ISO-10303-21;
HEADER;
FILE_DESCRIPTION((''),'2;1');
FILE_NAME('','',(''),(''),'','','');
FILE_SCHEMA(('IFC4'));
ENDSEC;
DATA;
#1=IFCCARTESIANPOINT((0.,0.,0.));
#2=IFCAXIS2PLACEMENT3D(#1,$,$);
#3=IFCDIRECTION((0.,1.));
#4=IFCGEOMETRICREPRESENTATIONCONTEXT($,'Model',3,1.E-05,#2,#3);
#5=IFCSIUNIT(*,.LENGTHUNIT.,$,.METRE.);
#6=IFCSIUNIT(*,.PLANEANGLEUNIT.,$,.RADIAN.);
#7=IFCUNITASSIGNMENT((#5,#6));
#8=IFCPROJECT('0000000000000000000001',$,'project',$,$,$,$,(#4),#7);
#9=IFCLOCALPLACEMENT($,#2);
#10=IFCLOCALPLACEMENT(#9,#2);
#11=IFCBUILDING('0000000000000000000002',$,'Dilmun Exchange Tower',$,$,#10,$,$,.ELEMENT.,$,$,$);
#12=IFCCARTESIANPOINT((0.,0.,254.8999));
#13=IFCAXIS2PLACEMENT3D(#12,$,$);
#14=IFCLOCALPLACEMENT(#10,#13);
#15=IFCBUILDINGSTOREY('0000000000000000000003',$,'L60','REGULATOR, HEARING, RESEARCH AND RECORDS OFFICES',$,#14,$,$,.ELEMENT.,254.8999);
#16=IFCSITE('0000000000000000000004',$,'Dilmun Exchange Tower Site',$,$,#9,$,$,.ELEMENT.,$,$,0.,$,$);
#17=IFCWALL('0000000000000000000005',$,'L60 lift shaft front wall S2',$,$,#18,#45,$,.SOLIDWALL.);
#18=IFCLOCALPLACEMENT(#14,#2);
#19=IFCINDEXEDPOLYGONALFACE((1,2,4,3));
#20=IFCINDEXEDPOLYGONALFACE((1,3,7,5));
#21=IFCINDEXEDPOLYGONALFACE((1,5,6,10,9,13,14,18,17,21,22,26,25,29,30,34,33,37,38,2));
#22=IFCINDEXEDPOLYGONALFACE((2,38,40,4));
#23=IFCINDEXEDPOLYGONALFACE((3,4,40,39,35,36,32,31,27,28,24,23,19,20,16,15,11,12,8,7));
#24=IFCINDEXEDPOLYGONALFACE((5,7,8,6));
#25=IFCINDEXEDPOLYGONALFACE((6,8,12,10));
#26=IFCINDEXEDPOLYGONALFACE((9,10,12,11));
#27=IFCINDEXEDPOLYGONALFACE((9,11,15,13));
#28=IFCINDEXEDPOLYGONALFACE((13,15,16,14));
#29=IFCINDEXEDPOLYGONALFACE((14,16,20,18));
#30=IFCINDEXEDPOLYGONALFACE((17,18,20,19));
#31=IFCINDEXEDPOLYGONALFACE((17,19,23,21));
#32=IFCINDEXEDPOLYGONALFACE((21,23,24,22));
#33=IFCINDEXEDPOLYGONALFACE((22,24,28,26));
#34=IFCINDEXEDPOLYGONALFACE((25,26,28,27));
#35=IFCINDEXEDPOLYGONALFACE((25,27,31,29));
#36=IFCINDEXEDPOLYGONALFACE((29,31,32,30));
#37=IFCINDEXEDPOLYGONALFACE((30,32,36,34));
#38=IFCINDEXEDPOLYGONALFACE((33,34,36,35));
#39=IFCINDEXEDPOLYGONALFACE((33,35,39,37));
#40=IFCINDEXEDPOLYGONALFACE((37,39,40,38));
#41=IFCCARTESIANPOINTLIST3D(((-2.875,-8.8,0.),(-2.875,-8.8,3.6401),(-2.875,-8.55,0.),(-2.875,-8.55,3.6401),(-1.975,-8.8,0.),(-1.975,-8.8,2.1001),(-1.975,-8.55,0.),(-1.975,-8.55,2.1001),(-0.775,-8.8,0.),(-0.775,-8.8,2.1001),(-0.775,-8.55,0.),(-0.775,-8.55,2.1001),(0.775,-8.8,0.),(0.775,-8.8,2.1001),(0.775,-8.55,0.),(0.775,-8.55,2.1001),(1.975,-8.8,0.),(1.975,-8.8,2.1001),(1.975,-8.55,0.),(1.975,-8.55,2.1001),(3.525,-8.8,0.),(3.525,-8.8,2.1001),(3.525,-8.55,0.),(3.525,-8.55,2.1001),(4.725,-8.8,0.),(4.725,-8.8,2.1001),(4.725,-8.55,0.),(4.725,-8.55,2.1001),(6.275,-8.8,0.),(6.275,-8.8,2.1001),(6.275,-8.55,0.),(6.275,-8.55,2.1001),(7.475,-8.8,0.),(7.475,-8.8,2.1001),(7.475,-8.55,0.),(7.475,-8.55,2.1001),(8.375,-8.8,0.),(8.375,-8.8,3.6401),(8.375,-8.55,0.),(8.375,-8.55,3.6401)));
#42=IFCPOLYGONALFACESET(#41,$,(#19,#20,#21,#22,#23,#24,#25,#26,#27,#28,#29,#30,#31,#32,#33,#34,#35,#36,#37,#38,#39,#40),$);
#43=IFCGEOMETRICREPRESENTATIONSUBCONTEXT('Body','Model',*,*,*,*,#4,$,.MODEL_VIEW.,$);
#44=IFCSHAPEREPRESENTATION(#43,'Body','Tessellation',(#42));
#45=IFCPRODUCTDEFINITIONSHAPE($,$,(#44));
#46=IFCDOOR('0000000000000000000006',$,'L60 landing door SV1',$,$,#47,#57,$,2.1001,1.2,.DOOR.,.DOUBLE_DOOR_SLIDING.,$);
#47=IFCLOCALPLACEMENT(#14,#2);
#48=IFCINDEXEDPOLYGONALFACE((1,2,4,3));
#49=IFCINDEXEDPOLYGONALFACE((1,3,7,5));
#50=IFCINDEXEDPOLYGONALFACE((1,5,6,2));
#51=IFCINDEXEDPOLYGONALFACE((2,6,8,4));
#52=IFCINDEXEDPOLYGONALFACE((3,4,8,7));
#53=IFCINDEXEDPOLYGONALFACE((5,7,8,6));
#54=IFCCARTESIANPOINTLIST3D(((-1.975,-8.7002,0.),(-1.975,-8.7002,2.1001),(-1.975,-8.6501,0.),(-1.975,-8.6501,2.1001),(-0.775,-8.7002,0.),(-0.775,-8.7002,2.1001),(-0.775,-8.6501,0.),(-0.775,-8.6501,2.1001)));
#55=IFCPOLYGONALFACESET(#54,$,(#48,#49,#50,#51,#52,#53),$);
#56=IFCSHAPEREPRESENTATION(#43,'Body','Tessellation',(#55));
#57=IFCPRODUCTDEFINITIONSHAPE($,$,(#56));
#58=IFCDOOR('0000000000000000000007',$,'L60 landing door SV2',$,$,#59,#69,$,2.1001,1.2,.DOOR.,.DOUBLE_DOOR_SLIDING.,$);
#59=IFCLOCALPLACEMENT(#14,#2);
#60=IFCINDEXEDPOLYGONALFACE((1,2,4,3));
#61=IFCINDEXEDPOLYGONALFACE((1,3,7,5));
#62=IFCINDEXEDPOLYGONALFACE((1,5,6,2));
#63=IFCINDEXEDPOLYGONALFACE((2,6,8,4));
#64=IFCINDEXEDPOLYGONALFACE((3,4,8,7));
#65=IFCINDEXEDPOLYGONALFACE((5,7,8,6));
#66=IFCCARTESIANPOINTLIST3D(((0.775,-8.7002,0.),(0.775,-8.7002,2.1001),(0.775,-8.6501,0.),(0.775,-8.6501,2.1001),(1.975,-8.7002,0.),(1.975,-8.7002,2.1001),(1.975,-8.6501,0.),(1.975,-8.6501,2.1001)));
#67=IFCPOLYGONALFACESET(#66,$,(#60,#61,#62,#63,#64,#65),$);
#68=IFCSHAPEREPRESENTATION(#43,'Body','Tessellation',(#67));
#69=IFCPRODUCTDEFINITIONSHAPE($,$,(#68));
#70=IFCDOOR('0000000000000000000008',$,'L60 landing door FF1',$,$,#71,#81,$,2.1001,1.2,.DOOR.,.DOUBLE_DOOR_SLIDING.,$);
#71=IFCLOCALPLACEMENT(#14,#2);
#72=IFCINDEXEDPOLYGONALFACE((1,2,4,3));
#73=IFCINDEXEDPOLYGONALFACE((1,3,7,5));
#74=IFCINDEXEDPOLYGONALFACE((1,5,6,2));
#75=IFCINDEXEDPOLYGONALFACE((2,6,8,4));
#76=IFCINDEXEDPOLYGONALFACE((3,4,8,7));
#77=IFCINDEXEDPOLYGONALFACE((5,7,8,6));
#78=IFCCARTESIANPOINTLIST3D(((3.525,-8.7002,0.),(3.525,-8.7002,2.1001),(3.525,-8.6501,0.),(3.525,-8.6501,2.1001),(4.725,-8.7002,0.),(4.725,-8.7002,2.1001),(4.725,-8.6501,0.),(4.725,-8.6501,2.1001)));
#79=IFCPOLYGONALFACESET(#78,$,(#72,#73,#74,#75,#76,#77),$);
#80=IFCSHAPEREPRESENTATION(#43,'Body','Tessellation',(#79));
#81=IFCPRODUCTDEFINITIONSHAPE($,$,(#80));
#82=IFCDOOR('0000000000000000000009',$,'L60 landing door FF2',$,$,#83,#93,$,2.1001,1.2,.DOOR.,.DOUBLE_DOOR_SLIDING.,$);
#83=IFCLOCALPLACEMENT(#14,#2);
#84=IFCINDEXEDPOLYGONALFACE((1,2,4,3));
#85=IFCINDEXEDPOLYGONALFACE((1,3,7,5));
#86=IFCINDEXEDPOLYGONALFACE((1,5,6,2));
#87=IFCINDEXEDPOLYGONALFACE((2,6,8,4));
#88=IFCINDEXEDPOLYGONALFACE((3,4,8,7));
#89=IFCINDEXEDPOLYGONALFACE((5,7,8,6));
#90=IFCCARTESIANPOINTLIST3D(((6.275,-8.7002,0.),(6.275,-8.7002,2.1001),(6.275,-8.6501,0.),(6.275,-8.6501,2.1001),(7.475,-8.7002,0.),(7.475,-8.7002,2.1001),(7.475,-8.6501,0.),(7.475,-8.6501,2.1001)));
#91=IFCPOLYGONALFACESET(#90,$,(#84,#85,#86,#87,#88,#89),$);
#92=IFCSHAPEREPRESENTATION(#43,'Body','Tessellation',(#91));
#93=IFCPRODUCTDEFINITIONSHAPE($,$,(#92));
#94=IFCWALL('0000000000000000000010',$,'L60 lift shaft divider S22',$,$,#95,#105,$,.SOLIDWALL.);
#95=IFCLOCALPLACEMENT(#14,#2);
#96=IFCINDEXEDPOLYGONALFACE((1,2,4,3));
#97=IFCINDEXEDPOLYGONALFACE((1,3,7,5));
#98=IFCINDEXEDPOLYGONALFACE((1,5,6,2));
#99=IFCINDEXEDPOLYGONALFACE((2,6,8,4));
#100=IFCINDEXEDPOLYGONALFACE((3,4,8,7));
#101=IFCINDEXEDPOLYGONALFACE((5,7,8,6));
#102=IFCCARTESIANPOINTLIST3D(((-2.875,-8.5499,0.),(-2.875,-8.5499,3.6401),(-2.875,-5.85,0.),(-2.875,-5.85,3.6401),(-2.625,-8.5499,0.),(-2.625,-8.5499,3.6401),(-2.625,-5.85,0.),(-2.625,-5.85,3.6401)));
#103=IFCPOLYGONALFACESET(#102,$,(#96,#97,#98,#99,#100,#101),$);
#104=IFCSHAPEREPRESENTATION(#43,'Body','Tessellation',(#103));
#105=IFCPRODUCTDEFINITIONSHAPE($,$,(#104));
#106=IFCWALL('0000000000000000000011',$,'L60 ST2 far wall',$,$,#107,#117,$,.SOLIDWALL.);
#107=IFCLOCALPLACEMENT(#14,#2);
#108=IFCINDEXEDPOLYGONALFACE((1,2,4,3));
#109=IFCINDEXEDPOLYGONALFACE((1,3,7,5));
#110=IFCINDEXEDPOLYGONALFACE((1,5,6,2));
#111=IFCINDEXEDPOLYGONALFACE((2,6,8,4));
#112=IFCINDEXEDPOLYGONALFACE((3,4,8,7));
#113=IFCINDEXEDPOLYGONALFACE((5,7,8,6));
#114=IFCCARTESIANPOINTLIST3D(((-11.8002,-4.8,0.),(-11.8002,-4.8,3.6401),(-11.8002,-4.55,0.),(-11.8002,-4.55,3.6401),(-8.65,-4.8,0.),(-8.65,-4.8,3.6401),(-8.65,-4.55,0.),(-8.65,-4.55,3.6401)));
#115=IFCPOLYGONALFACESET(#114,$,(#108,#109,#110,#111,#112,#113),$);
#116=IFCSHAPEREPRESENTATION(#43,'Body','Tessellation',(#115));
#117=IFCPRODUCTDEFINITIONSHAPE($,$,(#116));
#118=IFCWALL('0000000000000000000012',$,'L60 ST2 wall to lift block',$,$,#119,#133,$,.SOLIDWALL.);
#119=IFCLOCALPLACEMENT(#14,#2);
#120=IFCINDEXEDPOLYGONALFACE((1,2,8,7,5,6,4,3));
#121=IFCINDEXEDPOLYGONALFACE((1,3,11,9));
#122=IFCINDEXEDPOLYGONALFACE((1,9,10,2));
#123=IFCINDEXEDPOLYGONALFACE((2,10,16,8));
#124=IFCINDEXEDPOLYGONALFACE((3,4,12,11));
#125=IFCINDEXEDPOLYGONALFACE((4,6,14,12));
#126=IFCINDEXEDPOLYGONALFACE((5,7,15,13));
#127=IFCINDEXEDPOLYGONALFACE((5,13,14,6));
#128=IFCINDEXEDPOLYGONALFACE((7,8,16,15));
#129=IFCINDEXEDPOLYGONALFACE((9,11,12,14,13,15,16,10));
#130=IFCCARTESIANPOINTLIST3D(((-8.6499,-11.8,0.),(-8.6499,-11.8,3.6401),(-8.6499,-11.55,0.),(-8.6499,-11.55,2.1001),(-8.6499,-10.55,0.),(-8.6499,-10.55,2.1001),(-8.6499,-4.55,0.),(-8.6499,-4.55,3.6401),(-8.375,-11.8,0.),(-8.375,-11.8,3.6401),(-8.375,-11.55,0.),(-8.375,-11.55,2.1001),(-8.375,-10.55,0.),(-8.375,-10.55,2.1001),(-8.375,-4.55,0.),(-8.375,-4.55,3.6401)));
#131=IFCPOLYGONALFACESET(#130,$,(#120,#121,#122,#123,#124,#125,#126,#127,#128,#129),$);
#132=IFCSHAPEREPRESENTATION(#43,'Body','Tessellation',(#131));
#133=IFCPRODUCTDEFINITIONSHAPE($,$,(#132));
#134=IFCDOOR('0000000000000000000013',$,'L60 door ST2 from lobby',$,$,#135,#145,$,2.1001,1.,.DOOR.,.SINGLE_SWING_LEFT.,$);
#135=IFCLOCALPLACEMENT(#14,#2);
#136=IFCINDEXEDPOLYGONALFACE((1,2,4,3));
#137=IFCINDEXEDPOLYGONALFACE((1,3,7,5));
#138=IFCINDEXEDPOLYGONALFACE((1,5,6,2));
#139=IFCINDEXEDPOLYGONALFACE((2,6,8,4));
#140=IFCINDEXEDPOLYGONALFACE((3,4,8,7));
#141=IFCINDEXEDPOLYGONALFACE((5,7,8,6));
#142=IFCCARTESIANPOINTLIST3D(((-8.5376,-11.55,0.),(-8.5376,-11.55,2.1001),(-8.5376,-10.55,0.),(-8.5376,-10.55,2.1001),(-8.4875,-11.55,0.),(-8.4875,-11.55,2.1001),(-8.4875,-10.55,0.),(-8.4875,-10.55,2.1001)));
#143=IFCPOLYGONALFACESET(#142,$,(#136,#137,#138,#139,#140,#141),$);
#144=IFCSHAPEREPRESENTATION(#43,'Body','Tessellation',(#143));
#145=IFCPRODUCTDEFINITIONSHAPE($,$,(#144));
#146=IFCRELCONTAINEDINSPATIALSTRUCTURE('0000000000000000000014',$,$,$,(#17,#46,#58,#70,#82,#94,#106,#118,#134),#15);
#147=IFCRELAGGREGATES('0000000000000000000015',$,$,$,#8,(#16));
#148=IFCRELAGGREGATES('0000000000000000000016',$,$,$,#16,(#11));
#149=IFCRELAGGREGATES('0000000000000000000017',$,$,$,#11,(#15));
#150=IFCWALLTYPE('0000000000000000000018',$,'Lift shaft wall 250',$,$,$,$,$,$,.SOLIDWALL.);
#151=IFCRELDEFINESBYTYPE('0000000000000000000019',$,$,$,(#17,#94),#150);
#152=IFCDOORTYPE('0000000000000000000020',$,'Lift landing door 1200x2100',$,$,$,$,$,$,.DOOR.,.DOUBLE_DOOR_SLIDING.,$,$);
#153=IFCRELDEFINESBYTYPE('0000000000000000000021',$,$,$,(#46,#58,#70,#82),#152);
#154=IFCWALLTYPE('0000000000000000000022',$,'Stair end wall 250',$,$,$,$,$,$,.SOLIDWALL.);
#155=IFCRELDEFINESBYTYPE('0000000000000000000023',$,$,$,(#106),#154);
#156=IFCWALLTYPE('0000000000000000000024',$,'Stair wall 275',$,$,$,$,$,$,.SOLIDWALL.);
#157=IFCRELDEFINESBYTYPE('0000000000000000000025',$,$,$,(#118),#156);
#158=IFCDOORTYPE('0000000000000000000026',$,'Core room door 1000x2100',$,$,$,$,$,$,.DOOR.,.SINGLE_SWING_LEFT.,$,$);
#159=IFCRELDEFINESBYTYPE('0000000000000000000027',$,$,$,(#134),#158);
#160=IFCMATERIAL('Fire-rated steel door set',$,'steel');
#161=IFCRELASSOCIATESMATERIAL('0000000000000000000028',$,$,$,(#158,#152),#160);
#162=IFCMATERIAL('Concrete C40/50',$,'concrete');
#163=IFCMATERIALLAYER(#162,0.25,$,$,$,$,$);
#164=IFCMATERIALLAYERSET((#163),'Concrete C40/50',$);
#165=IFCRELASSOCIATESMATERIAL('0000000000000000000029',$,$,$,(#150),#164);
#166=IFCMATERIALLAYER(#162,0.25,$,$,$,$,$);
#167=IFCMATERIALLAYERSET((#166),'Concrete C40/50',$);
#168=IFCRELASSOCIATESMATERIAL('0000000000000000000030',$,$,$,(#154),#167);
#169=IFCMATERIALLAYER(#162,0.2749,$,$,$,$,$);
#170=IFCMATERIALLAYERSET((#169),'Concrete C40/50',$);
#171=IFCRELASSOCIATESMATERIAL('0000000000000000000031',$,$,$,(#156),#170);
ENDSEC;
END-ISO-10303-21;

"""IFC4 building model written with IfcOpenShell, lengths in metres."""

from ifc_helpers import new_model, si_unit, direction, frame, frame_2d, origin, place, context, subcontext, project, spatial, rectangle, extrude, material, layer, layer_set, type_object, element, fill, save


model = new_model("IFC4")

# Units and contexts
model_context = context("Model", 3, precision=1e-05, world=origin(), true_north=direction((0.0, 1.0)))
body_context = subcontext(model_context, "Body", "Model", "MODEL_VIEW")
ifc_project = project(units=[si_unit("LENGTHUNIT", "METRE"), si_unit("PLANEANGLEUNIT", "RADIAN")], contexts=[model_context])

# Site, building, storey
site_placement = place(None, origin())
site = spatial("IfcSite", under=ifc_project, at=site_placement, Name="Dilmun Exchange Tower Site", CompositionType="ELEMENT", RefElevation=0.0)
building_placement = place(site_placement, origin())
building = spatial("IfcBuilding", under=site, at=building_placement, Name="Dilmun Exchange Tower", CompositionType="ELEMENT")
storey_placement = place(building_placement, frame((0.0, 0.0, 254.8999)))
storey = spatial("IfcBuildingStorey", under=building, at=storey_placement, Name="L60", Description="REGULATOR, HEARING, RESEARCH AND RECORDS OFFICES", CompositionType="ELEMENT", Elevation=254.8999)

# Shared definitions
ifc_material_1 = material(Name="Concrete C40/50", Category="concrete")

# Shared definitions
ifc_material_2 = material(Name="Fire-rated steel door set", Category="steel")
door_type_1 = type_object("IfcDoorType", Name="Core room door 1000x2100", OperationType="SINGLE_SWING_LEFT", PredefinedType="DOOR", material=ifc_material_2)

# Wall, openings, doors
ifc_layer_1 = layer(ifc_material_1, 0.25)
ifc_layer_set_1 = layer_set([ifc_layer_1], Name="Concrete C40/50")
wall_type_1 = type_object("IfcWallType", Name="Lift shaft wall 250", PredefinedType="SOLIDWALL", material=ifc_layer_set_1)
wall_1_placement = place(storey_placement, frame((-2.875, -8.675, 0.0), z_axis=(0.0, 0.0, 1.0), x_axis=(1.0, 0.0, 0.0)))
wall_1 = element("IfcWall", 1, at=wall_1_placement, inside=storey, type_object=wall_type_1, Name="L60 lift shaft front wall S2", PredefinedType="SOLIDWALL", context=body_context, shape_type="SweptSolid", body=[
    extrude(rectangle(XDim=11.25, YDim=0.25, at=frame_2d((5.625, 0.0))), origin(), (0.0, 0.0, 1.0), 3.6401),
])
opening_1_placement = place(wall_1_placement, frame((0.8999, 0.0, 0.0)))
opening_1 = element("IfcOpeningElement", 2, at=opening_1_placement, cuts=wall_1, PredefinedType="OPENING", context=body_context, shape_type="SweptSolid", body=[
    extrude(rectangle(XDim=1.2, YDim=2.1001, at=frame_2d((0.6001, 1.05))), frame((0.0, 0.135, 0.0), z_axis=(0.0, -1.0, 0.0), x_axis=(1.0, 0.0, 0.0)), (0.0, 0.0, 1.0), 0.27),
])
opening_2_placement = place(wall_1_placement, frame((3.6499, 0.0, 0.0)))
opening_2 = element("IfcOpeningElement", 3, at=opening_2_placement, cuts=wall_1, PredefinedType="OPENING", context=body_context, shape_type="SweptSolid", body=[
    extrude(rectangle(XDim=1.2, YDim=2.1001, at=frame_2d((0.6001, 1.05))), frame((0.0, 0.135, 0.0), z_axis=(0.0, -1.0, 0.0), x_axis=(1.0, 0.0, 0.0)), (0.0, 0.0, 1.0), 0.27),
])
opening_3_placement = place(wall_1_placement, frame((6.3999, 0.0, 0.0)))
opening_3 = element("IfcOpeningElement", 4, at=opening_3_placement, cuts=wall_1, PredefinedType="OPENING", context=body_context, shape_type="SweptSolid", body=[
    extrude(rectangle(XDim=1.2, YDim=2.1001, at=frame_2d((0.6001, 1.05))), frame((0.0, 0.135, 0.0), z_axis=(0.0, -1.0, 0.0), x_axis=(1.0, 0.0, 0.0)), (0.0, 0.0, 1.0), 0.27),
])
opening_4_placement = place(wall_1_placement, frame((9.1499, 0.0, 0.0)))
opening_4 = element("IfcOpeningElement", 5, at=opening_4_placement, cuts=wall_1, PredefinedType="OPENING", context=body_context, shape_type="SweptSolid", body=[
    extrude(rectangle(XDim=1.2, YDim=2.1001, at=frame_2d((0.6001, 1.05))), frame((0.0, 0.135, 0.0), z_axis=(0.0, -1.0, 0.0), x_axis=(1.0, 0.0, 0.0)), (0.0, 0.0, 1.0), 0.27),
])
door_type_2 = type_object("IfcDoorType", Name="Lift landing door 1200x2100", OperationType="DOUBLE_DOOR_SLIDING", PredefinedType="DOOR", material=ifc_material_2)
door_1_placement = place(opening_1_placement, origin())
door_1 = element("IfcDoor", 6, at=door_1_placement, inside=storey, type_object=door_type_2, Name="L60 landing door SV1", OperationType="DOUBLE_DOOR_SLIDING", OverallHeight=2.1001, OverallWidth=1.2, PredefinedType="DOOR", context=body_context, shape_type="SweptSolid", body=[
    extrude(rectangle(XDim=1.2, YDim=2.1001, at=frame_2d((0.6001, 1.05))), frame((0.0, 0.0249, 0.0), z_axis=(0.0, -1.0, 0.0), x_axis=(1.0, 0.0, 0.0)), (0.0, 0.0, 1.0), 0.05),
])
fill(opening_1, door_1)
door_2_placement = place(opening_2_placement, origin())
door_2 = element("IfcDoor", 7, at=door_2_placement, inside=storey, type_object=door_type_2, Name="L60 landing door SV2", OperationType="DOUBLE_DOOR_SLIDING", OverallHeight=2.1001, OverallWidth=1.2, PredefinedType="DOOR", context=body_context, shape_type="SweptSolid", body=[
    extrude(rectangle(XDim=1.2, YDim=2.1001, at=frame_2d((0.6001, 1.05))), frame((0.0, 0.0249, 0.0), z_axis=(0.0, -1.0, 0.0), x_axis=(1.0, 0.0, 0.0)), (0.0, 0.0, 1.0), 0.05),
])
fill(opening_2, door_2)
door_3_placement = place(opening_3_placement, origin())
door_3 = element("IfcDoor", 8, at=door_3_placement, inside=storey, type_object=door_type_2, Name="L60 landing door FF1", OperationType="DOUBLE_DOOR_SLIDING", OverallHeight=2.1001, OverallWidth=1.2, PredefinedType="DOOR", context=body_context, shape_type="SweptSolid", body=[
    extrude(rectangle(XDim=1.2, YDim=2.1001, at=frame_2d((0.6001, 1.05))), frame((0.0, 0.0249, 0.0), z_axis=(0.0, -1.0, 0.0), x_axis=(1.0, 0.0, 0.0)), (0.0, 0.0, 1.0), 0.05),
])
fill(opening_3, door_3)
door_4_placement = place(opening_4_placement, origin())
door_4 = element("IfcDoor", 9, at=door_4_placement, inside=storey, type_object=door_type_2, Name="L60 landing door FF2", OperationType="DOUBLE_DOOR_SLIDING", OverallHeight=2.1001, OverallWidth=1.2, PredefinedType="DOOR", context=body_context, shape_type="SweptSolid", body=[
    extrude(rectangle(XDim=1.2, YDim=2.1001, at=frame_2d((0.6001, 1.05))), frame((0.0, 0.0249, 0.0), z_axis=(0.0, -1.0, 0.0), x_axis=(1.0, 0.0, 0.0)), (0.0, 0.0, 1.0), 0.05),
])
fill(opening_4, door_4)

# Walls
wall_2_placement = place(storey_placement, frame((-2.75, -8.55, 0.0), z_axis=(0.0, 0.0, 1.0), x_axis=(0.0, 1.0, 0.0)))
element("IfcWall", 10, at=wall_2_placement, inside=storey, type_object=wall_type_1, Name="L60 lift shaft divider S22", PredefinedType="SOLIDWALL", context=body_context, shape_type="SweptSolid", body=[
    extrude(rectangle(XDim=2.7, YDim=0.25, at=frame_2d((1.3501, 0.0))), origin(), (0.0, 0.0, 1.0), 3.6401),
])
ifc_layer_2 = layer(ifc_material_1, 0.25)
ifc_layer_set_2 = layer_set([ifc_layer_2], Name="Concrete C40/50")
wall_type_2 = type_object("IfcWallType", Name="Stair end wall 250", PredefinedType="SOLIDWALL", material=ifc_layer_set_2)
wall_3_placement = place(storey_placement, frame((-8.6499, -4.675, 0.0), z_axis=(0.0, 0.0, 1.0), x_axis=(-1.0, 0.0, 0.0)))
element("IfcWall", 11, at=wall_3_placement, inside=storey, type_object=wall_type_2, Name="L60 ST2 far wall", PredefinedType="SOLIDWALL", context=body_context, shape_type="SweptSolid", body=[
    extrude(rectangle(XDim=3.1501, YDim=0.25, at=frame_2d((1.5752, 0.0))), origin(), (0.0, 0.0, 1.0), 3.6401),
])

# Wall, opening, door
ifc_layer_3 = layer(ifc_material_1, 0.2749)
ifc_layer_set_3 = layer_set([ifc_layer_3], Name="Concrete C40/50")
wall_type_3 = type_object("IfcWallType", Name="Stair wall 275", PredefinedType="SOLIDWALL", material=ifc_layer_set_3)
wall_4_placement = place(storey_placement, frame((-8.5125, -4.55, 0.0), z_axis=(0.0, 0.0, 1.0), x_axis=(0.0, -1.0, 0.0)))
wall_4 = element("IfcWall", 12, at=wall_4_placement, inside=storey, type_object=wall_type_3, Name="L60 ST2 wall to lift block", PredefinedType="SOLIDWALL", context=body_context, shape_type="SweptSolid", body=[
    extrude(rectangle(XDim=7.25, YDim=0.2749, at=frame_2d((3.625, 0.0))), origin(), (0.0, 0.0, 1.0), 3.6401),
])
opening_5_placement = place(wall_4_placement, frame((6.0, 0.0, 0.0)))
opening_5 = element("IfcOpeningElement", 13, at=opening_5_placement, cuts=wall_4, PredefinedType="OPENING", context=body_context, shape_type="SweptSolid", body=[
    extrude(rectangle(XDim=1.0, YDim=2.1001, at=frame_2d((0.5, 1.05))), frame((0.0, 0.1475, 0.0), z_axis=(0.0, -1.0, 0.0), x_axis=(1.0, 0.0, 0.0)), (0.0, 0.0, 1.0), 0.2949),
])
door_5_placement = place(opening_5_placement, origin())
door_5 = element("IfcDoor", 14, at=door_5_placement, inside=storey, type_object=door_type_1, Name="L60 door ST2 from lobby", OperationType="SINGLE_SWING_LEFT", OverallHeight=2.1001, OverallWidth=1.0, PredefinedType="DOOR", context=body_context, shape_type="SweptSolid", body=[
    extrude(rectangle(XDim=1.0, YDim=2.1001, at=frame_2d((0.5, 1.05))), frame((0.0, 0.0249, 0.0), z_axis=(0.0, -1.0, 0.0), x_axis=(1.0, 0.0, 0.0)), (0.0, 0.0, 1.0), 0.05),
])
fill(opening_5, door_5)

save(model, "model.ifc")
